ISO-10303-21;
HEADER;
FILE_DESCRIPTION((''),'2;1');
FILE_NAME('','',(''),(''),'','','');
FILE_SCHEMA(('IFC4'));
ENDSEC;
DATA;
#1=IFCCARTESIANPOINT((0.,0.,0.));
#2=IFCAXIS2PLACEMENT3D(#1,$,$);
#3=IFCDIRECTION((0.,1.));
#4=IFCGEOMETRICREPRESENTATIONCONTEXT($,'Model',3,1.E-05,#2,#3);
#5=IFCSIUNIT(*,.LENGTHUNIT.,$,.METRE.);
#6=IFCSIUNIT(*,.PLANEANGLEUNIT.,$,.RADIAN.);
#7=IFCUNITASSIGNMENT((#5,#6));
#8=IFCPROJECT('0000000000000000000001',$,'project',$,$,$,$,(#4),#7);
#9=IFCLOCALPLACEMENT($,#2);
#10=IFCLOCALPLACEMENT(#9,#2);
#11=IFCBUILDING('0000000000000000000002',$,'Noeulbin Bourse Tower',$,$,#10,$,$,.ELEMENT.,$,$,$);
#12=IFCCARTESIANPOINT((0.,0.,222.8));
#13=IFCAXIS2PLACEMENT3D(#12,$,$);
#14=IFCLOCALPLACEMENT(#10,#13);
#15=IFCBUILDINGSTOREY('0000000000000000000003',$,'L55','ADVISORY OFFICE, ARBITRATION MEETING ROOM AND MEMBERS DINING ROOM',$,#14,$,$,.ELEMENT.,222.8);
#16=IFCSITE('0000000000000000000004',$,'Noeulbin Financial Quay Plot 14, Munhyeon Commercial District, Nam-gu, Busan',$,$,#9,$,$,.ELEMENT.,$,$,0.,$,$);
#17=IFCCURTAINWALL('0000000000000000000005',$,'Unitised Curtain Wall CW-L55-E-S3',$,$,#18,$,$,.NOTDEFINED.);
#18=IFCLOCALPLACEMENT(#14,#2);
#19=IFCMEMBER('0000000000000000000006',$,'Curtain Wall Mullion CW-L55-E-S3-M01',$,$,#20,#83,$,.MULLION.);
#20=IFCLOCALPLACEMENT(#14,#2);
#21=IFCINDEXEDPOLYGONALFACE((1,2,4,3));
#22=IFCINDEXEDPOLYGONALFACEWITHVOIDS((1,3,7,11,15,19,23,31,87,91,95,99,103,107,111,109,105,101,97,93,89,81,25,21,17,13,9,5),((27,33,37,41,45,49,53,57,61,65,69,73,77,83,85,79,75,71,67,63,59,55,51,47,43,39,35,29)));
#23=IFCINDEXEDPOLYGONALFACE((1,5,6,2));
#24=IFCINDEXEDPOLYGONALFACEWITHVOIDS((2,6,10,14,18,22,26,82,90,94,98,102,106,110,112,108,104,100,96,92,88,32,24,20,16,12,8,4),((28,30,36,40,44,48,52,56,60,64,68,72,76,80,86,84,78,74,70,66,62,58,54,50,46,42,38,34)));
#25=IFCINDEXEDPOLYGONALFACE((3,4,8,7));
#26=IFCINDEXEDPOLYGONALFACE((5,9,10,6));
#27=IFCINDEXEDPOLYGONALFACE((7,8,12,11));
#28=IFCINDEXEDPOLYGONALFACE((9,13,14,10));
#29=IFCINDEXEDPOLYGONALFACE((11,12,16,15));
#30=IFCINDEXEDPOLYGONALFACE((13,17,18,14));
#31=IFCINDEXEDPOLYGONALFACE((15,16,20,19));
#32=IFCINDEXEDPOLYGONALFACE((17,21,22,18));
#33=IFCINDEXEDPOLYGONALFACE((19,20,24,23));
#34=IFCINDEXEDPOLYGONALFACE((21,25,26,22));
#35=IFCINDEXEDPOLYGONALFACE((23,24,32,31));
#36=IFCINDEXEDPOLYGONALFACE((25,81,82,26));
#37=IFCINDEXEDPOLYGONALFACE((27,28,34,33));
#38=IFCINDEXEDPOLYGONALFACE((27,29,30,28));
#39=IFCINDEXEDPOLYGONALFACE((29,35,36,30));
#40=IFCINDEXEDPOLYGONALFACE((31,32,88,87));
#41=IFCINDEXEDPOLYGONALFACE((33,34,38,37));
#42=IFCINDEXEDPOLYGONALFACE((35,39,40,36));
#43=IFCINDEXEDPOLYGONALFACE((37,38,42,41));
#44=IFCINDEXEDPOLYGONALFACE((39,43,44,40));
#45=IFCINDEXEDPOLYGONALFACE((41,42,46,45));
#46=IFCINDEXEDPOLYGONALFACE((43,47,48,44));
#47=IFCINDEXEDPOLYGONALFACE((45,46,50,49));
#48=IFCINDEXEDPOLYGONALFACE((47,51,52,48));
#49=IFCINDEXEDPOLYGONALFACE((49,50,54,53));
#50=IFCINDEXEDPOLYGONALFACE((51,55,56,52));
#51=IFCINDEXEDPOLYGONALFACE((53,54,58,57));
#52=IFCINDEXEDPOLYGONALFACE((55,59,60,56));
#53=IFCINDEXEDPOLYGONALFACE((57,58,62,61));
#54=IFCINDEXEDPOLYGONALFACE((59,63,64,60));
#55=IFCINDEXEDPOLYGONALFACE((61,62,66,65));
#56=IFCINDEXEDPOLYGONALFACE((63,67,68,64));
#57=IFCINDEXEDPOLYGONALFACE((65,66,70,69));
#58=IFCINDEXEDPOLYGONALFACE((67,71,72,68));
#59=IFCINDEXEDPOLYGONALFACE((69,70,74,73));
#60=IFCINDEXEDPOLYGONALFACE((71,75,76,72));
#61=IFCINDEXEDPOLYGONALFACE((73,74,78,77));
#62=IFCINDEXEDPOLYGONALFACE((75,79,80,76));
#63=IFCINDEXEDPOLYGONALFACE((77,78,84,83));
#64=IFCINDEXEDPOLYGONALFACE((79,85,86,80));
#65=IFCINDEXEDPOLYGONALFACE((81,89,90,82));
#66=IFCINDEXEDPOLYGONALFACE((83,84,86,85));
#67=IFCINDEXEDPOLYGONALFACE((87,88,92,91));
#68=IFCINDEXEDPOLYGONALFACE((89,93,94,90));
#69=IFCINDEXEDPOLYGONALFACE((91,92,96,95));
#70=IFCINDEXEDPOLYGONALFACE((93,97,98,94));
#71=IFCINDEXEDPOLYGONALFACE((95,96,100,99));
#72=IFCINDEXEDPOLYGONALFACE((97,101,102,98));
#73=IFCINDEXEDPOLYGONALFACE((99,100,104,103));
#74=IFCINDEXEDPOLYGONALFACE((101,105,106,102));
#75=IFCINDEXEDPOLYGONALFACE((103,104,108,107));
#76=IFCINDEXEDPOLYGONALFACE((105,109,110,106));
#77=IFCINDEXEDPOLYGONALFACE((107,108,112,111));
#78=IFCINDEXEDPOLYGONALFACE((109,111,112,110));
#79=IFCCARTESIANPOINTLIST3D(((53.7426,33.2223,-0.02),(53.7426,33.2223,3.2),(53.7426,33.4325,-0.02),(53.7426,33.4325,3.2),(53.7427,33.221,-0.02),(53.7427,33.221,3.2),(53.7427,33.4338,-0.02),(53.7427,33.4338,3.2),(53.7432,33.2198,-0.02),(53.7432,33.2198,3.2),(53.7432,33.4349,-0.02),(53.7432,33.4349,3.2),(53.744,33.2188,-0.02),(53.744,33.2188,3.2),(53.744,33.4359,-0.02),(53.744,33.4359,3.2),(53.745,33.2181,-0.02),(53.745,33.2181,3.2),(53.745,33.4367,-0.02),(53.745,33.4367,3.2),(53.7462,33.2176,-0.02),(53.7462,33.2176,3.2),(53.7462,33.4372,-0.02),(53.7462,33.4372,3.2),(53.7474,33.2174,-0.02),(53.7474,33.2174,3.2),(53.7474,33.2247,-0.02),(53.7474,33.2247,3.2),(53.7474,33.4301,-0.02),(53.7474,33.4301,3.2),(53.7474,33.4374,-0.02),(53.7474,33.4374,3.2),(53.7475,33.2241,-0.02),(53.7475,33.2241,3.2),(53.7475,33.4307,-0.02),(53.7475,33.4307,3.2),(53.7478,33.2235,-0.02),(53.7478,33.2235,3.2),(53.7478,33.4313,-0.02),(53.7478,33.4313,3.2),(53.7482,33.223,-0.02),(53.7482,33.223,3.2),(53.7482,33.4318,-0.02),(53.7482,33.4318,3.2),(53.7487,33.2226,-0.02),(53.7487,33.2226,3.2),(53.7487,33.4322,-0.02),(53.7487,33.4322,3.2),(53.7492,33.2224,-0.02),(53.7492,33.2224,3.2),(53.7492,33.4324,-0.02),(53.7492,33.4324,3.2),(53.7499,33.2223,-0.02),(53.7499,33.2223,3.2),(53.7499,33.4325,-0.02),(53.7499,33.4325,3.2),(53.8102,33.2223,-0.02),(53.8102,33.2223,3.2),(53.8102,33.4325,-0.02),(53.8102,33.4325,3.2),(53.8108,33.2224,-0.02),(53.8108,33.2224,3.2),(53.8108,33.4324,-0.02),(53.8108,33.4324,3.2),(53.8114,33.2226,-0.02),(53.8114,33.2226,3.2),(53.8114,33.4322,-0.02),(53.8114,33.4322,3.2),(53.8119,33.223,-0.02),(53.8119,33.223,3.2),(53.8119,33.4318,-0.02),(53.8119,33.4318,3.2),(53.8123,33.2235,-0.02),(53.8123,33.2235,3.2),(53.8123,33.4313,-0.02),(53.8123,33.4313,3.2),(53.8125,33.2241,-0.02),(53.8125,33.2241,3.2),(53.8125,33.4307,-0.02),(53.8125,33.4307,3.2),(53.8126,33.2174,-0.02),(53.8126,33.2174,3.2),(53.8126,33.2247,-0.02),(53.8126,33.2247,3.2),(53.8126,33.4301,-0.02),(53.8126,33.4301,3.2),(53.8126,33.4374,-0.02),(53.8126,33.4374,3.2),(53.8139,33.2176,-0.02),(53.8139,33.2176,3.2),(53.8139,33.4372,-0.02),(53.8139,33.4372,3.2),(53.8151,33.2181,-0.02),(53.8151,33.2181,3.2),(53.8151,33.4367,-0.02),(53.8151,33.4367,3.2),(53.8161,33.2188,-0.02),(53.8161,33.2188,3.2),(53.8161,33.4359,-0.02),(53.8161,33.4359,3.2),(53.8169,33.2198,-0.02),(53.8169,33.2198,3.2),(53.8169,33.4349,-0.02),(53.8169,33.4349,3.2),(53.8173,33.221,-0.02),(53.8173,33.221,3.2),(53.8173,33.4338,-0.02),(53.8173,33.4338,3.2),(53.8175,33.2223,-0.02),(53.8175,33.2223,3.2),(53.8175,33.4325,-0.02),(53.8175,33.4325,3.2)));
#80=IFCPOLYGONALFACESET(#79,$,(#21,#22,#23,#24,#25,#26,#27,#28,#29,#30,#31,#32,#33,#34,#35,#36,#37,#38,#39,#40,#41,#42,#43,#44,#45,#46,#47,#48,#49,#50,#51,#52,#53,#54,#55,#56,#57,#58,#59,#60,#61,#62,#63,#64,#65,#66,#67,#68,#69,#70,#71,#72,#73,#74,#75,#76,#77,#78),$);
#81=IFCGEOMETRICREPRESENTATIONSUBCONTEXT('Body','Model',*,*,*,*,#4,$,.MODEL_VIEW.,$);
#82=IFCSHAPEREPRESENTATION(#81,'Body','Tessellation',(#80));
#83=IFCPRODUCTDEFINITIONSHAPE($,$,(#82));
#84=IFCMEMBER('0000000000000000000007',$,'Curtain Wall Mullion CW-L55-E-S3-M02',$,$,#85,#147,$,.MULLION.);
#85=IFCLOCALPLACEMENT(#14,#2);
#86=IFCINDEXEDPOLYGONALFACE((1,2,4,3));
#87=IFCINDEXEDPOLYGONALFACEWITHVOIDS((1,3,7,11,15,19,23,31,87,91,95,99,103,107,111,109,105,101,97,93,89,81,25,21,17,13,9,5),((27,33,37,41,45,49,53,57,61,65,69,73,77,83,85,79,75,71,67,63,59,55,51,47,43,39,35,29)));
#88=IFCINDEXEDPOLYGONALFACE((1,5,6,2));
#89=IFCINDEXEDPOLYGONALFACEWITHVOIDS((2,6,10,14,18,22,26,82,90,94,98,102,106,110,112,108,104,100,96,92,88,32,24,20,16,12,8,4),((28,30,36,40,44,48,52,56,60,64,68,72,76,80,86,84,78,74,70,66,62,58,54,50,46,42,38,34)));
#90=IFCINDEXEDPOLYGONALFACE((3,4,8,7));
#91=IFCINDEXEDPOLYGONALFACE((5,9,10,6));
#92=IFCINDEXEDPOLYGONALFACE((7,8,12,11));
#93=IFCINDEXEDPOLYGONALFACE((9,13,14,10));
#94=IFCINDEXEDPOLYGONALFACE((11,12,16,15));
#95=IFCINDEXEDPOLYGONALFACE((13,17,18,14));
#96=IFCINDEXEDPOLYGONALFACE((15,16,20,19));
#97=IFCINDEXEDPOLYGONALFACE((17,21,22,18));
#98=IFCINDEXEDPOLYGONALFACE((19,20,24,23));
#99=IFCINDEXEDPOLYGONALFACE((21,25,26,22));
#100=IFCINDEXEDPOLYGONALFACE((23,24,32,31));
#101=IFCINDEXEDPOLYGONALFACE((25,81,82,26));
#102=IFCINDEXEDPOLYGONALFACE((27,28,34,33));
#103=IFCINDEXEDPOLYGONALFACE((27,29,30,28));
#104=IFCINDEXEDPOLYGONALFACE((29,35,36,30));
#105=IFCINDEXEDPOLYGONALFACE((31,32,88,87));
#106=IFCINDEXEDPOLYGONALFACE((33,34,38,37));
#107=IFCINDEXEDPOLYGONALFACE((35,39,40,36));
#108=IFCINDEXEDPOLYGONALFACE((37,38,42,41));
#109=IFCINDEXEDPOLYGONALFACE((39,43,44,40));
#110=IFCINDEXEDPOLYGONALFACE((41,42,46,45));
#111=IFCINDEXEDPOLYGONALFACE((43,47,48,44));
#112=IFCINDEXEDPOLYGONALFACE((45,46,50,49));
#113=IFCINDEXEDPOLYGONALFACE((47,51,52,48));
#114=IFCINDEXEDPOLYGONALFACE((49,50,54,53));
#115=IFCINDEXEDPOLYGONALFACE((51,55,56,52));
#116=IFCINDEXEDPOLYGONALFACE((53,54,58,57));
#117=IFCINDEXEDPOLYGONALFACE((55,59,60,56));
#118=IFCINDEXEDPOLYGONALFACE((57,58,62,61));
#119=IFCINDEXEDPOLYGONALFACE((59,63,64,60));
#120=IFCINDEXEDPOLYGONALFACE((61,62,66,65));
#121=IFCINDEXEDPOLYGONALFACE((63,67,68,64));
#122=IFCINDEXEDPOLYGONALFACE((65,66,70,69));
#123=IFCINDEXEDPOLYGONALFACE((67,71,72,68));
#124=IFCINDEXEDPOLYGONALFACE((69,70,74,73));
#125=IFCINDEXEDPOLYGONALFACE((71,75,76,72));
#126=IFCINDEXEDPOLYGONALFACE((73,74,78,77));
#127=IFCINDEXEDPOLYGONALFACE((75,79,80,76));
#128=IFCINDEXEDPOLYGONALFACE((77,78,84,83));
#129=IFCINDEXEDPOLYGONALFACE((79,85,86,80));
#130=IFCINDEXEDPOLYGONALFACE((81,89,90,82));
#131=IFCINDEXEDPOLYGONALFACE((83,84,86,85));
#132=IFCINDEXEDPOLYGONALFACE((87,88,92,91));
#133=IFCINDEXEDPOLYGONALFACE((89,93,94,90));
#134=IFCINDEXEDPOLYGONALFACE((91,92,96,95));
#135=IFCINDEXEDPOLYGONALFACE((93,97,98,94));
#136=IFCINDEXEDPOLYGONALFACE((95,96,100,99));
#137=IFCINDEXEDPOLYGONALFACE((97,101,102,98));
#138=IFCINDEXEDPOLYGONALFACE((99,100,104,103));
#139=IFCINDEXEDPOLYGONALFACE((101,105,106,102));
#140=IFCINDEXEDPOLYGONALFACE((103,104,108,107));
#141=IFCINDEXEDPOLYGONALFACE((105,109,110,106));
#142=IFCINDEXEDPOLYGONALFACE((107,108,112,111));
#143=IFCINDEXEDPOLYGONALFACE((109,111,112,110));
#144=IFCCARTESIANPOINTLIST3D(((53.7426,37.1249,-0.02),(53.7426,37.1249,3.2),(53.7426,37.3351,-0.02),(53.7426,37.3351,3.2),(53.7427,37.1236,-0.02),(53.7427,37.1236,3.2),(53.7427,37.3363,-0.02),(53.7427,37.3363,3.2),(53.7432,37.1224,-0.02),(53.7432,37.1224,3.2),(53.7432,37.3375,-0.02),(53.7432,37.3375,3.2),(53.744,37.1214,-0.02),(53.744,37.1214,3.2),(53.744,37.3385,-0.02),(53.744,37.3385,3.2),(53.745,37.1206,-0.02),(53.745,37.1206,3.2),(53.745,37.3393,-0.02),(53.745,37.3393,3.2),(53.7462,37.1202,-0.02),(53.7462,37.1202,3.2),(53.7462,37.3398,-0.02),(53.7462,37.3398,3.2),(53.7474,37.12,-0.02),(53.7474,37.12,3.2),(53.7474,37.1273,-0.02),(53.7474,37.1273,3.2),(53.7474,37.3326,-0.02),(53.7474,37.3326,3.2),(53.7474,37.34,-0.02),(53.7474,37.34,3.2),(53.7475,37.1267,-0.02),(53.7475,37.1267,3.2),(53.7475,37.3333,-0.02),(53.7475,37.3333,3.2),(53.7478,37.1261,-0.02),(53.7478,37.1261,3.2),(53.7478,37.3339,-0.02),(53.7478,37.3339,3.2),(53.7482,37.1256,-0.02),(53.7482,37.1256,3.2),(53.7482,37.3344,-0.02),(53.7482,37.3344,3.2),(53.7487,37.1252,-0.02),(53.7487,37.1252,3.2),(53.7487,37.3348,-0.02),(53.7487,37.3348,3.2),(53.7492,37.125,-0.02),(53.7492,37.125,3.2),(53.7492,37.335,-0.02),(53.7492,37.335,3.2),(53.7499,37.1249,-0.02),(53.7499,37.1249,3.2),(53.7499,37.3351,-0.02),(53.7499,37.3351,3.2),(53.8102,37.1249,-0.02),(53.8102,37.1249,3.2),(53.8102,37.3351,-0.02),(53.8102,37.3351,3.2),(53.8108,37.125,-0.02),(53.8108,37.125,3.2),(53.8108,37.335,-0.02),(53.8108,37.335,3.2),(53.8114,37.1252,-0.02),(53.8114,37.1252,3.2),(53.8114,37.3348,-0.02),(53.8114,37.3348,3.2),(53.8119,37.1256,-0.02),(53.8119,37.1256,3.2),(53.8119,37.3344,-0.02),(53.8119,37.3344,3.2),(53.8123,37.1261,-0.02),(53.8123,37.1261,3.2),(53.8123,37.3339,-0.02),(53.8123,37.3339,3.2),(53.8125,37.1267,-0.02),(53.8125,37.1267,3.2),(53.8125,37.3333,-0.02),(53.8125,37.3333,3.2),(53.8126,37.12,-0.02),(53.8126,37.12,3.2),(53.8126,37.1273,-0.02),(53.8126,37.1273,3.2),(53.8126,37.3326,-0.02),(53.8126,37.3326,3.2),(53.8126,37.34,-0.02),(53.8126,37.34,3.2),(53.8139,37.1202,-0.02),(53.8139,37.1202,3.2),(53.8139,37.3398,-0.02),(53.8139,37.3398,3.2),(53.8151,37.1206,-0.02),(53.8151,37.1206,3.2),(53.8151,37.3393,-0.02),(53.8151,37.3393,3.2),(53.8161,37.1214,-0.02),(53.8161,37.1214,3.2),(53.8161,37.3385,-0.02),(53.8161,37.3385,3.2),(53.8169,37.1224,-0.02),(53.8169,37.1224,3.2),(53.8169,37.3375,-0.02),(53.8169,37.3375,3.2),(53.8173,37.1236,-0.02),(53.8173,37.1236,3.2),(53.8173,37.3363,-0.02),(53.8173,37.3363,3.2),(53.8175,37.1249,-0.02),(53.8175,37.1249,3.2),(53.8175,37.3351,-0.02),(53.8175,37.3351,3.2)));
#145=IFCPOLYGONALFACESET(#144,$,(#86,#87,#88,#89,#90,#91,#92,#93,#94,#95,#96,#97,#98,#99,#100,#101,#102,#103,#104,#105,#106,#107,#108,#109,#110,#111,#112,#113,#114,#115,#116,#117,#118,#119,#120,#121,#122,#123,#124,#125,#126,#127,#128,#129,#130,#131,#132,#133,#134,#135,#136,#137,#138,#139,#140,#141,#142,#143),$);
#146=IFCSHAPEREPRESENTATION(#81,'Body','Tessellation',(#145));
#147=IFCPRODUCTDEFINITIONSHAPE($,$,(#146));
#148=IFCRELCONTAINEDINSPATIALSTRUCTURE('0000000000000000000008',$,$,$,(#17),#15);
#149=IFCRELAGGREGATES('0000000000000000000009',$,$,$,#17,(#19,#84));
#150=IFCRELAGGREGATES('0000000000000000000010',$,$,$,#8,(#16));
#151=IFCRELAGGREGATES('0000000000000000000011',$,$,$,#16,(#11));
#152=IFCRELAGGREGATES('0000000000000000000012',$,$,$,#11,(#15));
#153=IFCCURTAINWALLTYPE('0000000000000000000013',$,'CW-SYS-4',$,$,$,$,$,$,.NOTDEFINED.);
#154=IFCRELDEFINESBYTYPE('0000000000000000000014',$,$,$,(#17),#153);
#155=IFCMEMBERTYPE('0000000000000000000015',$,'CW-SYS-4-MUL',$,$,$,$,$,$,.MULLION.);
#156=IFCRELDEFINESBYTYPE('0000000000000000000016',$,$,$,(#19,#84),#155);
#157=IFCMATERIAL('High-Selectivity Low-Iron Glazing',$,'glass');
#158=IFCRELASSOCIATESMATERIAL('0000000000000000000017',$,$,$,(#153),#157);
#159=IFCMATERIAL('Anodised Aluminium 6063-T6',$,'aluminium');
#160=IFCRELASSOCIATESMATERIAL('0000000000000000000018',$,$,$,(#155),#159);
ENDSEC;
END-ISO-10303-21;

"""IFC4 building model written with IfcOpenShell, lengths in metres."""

from ifc_helpers import new_model, si_unit, direction, frame, origin, origin_2d, place, context, subcontext, project, spatial, hollow_rectangle, extrude, material, material_profile, profile_set, type_object, element, aggregate, save


model = new_model("IFC4")

# Units and contexts
model_context = context("Model", 3, precision=1e-05, world=origin(), true_north=direction((0.0, 1.0)))
body_context = subcontext(model_context, "Body", "Model", "MODEL_VIEW")
ifc_project = project(units=[si_unit("LENGTHUNIT", "METRE"), si_unit("PLANEANGLEUNIT", "RADIAN")], contexts=[model_context])

# Site, building, storey
site_placement = place(None, origin())
site = spatial("IfcSite", under=ifc_project, at=site_placement, Name="Noeulbin Financial Quay Plot 14, Munhyeon Commercial District, Nam-gu, Busan", CompositionType="ELEMENT", RefElevation=0.0)
building_placement = place(site_placement, origin())
building = spatial("IfcBuilding", under=site, at=building_placement, Name="Noeulbin Bourse Tower", CompositionType="ELEMENT")
storey_placement = place(building_placement, frame((0.0, 0.0, 222.8)))
storey = spatial("IfcBuildingStorey", under=building, at=storey_placement, Name="L55", Description="ADVISORY OFFICE, ARBITRATION MEETING ROOM AND MEMBERS DINING ROOM", CompositionType="ELEMENT", Elevation=222.8)

# Curtain wall, members
ifc_material_1 = material(Name="High-Selectivity Low-Iron Glazing", Category="glass")
curtain_wall_type = type_object("IfcCurtainWallType", Name="CW-SYS-4", PredefinedType="NOTDEFINED", material=ifc_material_1)
ifc_material_2 = material(Name="Anodised Aluminium 6063-T6", Category="aluminium")
ifc_material_profile_1 = material_profile(ifc_material_2, hollow_rectangle(XDim=0.075, YDim=0.22, WallThickness=0.0049, InnerFilletRadius=0.0024, OuterFilletRadius=0.0049, at=origin_2d()), Name="ALU-MULL-75x220x5", Category="LoadBearing")
ifc_profile_set_1 = profile_set([ifc_material_profile_1], Name="Anodised Aluminium 6063-T6")
member_type_1 = type_object("IfcMemberType", Name="CW-SYS-4-MUL", PredefinedType="MULLION", material=ifc_profile_set_1)
curtain_wall_1_placement = place(storey_placement, origin())
curtain_wall_1 = element("IfcCurtainWall", 1, at=curtain_wall_1_placement, inside=storey, type_object=curtain_wall_type, Name="Unitised Curtain Wall CW-L55-E-S3", PredefinedType="NOTDEFINED")
member_1_placement = place(storey_placement, frame((53.78, 33.3274, -0.02), z_axis=(0.0, 0.0, 1.0), x_axis=(1.0, 0.0, 0.0)))
member_1 = element("IfcMember", 2, at=member_1_placement, type_object=member_type_1, Name="Curtain Wall Mullion CW-L55-E-S3-M01", PredefinedType="MULLION", context=body_context, shape_type="SweptSolid", body=[
    extrude(hollow_rectangle(XDim=0.075, YDim=0.22, WallThickness=0.0049, InnerFilletRadius=0.0024, OuterFilletRadius=0.0049, at=origin_2d()), origin(), (0.0, 0.0, 1.0), 3.22),
])
member_2_placement = place(storey_placement, frame((53.78, 37.23, -0.02), z_axis=(0.0, 0.0, 1.0), x_axis=(1.0, 0.0, 0.0)))
member_2 = element("IfcMember", 3, at=member_2_placement, type_object=member_type_1, Name="Curtain Wall Mullion CW-L55-E-S3-M02", PredefinedType="MULLION", context=body_context, shape_type="SweptSolid", body=[
    extrude(hollow_rectangle(XDim=0.075, YDim=0.22, WallThickness=0.0049, InnerFilletRadius=0.0024, OuterFilletRadius=0.0049, at=origin_2d()), origin(), (0.0, 0.0, 1.0), 3.22),
])

aggregate(curtain_wall_1, [member_1, member_2])

save(model, "model.ifc")
